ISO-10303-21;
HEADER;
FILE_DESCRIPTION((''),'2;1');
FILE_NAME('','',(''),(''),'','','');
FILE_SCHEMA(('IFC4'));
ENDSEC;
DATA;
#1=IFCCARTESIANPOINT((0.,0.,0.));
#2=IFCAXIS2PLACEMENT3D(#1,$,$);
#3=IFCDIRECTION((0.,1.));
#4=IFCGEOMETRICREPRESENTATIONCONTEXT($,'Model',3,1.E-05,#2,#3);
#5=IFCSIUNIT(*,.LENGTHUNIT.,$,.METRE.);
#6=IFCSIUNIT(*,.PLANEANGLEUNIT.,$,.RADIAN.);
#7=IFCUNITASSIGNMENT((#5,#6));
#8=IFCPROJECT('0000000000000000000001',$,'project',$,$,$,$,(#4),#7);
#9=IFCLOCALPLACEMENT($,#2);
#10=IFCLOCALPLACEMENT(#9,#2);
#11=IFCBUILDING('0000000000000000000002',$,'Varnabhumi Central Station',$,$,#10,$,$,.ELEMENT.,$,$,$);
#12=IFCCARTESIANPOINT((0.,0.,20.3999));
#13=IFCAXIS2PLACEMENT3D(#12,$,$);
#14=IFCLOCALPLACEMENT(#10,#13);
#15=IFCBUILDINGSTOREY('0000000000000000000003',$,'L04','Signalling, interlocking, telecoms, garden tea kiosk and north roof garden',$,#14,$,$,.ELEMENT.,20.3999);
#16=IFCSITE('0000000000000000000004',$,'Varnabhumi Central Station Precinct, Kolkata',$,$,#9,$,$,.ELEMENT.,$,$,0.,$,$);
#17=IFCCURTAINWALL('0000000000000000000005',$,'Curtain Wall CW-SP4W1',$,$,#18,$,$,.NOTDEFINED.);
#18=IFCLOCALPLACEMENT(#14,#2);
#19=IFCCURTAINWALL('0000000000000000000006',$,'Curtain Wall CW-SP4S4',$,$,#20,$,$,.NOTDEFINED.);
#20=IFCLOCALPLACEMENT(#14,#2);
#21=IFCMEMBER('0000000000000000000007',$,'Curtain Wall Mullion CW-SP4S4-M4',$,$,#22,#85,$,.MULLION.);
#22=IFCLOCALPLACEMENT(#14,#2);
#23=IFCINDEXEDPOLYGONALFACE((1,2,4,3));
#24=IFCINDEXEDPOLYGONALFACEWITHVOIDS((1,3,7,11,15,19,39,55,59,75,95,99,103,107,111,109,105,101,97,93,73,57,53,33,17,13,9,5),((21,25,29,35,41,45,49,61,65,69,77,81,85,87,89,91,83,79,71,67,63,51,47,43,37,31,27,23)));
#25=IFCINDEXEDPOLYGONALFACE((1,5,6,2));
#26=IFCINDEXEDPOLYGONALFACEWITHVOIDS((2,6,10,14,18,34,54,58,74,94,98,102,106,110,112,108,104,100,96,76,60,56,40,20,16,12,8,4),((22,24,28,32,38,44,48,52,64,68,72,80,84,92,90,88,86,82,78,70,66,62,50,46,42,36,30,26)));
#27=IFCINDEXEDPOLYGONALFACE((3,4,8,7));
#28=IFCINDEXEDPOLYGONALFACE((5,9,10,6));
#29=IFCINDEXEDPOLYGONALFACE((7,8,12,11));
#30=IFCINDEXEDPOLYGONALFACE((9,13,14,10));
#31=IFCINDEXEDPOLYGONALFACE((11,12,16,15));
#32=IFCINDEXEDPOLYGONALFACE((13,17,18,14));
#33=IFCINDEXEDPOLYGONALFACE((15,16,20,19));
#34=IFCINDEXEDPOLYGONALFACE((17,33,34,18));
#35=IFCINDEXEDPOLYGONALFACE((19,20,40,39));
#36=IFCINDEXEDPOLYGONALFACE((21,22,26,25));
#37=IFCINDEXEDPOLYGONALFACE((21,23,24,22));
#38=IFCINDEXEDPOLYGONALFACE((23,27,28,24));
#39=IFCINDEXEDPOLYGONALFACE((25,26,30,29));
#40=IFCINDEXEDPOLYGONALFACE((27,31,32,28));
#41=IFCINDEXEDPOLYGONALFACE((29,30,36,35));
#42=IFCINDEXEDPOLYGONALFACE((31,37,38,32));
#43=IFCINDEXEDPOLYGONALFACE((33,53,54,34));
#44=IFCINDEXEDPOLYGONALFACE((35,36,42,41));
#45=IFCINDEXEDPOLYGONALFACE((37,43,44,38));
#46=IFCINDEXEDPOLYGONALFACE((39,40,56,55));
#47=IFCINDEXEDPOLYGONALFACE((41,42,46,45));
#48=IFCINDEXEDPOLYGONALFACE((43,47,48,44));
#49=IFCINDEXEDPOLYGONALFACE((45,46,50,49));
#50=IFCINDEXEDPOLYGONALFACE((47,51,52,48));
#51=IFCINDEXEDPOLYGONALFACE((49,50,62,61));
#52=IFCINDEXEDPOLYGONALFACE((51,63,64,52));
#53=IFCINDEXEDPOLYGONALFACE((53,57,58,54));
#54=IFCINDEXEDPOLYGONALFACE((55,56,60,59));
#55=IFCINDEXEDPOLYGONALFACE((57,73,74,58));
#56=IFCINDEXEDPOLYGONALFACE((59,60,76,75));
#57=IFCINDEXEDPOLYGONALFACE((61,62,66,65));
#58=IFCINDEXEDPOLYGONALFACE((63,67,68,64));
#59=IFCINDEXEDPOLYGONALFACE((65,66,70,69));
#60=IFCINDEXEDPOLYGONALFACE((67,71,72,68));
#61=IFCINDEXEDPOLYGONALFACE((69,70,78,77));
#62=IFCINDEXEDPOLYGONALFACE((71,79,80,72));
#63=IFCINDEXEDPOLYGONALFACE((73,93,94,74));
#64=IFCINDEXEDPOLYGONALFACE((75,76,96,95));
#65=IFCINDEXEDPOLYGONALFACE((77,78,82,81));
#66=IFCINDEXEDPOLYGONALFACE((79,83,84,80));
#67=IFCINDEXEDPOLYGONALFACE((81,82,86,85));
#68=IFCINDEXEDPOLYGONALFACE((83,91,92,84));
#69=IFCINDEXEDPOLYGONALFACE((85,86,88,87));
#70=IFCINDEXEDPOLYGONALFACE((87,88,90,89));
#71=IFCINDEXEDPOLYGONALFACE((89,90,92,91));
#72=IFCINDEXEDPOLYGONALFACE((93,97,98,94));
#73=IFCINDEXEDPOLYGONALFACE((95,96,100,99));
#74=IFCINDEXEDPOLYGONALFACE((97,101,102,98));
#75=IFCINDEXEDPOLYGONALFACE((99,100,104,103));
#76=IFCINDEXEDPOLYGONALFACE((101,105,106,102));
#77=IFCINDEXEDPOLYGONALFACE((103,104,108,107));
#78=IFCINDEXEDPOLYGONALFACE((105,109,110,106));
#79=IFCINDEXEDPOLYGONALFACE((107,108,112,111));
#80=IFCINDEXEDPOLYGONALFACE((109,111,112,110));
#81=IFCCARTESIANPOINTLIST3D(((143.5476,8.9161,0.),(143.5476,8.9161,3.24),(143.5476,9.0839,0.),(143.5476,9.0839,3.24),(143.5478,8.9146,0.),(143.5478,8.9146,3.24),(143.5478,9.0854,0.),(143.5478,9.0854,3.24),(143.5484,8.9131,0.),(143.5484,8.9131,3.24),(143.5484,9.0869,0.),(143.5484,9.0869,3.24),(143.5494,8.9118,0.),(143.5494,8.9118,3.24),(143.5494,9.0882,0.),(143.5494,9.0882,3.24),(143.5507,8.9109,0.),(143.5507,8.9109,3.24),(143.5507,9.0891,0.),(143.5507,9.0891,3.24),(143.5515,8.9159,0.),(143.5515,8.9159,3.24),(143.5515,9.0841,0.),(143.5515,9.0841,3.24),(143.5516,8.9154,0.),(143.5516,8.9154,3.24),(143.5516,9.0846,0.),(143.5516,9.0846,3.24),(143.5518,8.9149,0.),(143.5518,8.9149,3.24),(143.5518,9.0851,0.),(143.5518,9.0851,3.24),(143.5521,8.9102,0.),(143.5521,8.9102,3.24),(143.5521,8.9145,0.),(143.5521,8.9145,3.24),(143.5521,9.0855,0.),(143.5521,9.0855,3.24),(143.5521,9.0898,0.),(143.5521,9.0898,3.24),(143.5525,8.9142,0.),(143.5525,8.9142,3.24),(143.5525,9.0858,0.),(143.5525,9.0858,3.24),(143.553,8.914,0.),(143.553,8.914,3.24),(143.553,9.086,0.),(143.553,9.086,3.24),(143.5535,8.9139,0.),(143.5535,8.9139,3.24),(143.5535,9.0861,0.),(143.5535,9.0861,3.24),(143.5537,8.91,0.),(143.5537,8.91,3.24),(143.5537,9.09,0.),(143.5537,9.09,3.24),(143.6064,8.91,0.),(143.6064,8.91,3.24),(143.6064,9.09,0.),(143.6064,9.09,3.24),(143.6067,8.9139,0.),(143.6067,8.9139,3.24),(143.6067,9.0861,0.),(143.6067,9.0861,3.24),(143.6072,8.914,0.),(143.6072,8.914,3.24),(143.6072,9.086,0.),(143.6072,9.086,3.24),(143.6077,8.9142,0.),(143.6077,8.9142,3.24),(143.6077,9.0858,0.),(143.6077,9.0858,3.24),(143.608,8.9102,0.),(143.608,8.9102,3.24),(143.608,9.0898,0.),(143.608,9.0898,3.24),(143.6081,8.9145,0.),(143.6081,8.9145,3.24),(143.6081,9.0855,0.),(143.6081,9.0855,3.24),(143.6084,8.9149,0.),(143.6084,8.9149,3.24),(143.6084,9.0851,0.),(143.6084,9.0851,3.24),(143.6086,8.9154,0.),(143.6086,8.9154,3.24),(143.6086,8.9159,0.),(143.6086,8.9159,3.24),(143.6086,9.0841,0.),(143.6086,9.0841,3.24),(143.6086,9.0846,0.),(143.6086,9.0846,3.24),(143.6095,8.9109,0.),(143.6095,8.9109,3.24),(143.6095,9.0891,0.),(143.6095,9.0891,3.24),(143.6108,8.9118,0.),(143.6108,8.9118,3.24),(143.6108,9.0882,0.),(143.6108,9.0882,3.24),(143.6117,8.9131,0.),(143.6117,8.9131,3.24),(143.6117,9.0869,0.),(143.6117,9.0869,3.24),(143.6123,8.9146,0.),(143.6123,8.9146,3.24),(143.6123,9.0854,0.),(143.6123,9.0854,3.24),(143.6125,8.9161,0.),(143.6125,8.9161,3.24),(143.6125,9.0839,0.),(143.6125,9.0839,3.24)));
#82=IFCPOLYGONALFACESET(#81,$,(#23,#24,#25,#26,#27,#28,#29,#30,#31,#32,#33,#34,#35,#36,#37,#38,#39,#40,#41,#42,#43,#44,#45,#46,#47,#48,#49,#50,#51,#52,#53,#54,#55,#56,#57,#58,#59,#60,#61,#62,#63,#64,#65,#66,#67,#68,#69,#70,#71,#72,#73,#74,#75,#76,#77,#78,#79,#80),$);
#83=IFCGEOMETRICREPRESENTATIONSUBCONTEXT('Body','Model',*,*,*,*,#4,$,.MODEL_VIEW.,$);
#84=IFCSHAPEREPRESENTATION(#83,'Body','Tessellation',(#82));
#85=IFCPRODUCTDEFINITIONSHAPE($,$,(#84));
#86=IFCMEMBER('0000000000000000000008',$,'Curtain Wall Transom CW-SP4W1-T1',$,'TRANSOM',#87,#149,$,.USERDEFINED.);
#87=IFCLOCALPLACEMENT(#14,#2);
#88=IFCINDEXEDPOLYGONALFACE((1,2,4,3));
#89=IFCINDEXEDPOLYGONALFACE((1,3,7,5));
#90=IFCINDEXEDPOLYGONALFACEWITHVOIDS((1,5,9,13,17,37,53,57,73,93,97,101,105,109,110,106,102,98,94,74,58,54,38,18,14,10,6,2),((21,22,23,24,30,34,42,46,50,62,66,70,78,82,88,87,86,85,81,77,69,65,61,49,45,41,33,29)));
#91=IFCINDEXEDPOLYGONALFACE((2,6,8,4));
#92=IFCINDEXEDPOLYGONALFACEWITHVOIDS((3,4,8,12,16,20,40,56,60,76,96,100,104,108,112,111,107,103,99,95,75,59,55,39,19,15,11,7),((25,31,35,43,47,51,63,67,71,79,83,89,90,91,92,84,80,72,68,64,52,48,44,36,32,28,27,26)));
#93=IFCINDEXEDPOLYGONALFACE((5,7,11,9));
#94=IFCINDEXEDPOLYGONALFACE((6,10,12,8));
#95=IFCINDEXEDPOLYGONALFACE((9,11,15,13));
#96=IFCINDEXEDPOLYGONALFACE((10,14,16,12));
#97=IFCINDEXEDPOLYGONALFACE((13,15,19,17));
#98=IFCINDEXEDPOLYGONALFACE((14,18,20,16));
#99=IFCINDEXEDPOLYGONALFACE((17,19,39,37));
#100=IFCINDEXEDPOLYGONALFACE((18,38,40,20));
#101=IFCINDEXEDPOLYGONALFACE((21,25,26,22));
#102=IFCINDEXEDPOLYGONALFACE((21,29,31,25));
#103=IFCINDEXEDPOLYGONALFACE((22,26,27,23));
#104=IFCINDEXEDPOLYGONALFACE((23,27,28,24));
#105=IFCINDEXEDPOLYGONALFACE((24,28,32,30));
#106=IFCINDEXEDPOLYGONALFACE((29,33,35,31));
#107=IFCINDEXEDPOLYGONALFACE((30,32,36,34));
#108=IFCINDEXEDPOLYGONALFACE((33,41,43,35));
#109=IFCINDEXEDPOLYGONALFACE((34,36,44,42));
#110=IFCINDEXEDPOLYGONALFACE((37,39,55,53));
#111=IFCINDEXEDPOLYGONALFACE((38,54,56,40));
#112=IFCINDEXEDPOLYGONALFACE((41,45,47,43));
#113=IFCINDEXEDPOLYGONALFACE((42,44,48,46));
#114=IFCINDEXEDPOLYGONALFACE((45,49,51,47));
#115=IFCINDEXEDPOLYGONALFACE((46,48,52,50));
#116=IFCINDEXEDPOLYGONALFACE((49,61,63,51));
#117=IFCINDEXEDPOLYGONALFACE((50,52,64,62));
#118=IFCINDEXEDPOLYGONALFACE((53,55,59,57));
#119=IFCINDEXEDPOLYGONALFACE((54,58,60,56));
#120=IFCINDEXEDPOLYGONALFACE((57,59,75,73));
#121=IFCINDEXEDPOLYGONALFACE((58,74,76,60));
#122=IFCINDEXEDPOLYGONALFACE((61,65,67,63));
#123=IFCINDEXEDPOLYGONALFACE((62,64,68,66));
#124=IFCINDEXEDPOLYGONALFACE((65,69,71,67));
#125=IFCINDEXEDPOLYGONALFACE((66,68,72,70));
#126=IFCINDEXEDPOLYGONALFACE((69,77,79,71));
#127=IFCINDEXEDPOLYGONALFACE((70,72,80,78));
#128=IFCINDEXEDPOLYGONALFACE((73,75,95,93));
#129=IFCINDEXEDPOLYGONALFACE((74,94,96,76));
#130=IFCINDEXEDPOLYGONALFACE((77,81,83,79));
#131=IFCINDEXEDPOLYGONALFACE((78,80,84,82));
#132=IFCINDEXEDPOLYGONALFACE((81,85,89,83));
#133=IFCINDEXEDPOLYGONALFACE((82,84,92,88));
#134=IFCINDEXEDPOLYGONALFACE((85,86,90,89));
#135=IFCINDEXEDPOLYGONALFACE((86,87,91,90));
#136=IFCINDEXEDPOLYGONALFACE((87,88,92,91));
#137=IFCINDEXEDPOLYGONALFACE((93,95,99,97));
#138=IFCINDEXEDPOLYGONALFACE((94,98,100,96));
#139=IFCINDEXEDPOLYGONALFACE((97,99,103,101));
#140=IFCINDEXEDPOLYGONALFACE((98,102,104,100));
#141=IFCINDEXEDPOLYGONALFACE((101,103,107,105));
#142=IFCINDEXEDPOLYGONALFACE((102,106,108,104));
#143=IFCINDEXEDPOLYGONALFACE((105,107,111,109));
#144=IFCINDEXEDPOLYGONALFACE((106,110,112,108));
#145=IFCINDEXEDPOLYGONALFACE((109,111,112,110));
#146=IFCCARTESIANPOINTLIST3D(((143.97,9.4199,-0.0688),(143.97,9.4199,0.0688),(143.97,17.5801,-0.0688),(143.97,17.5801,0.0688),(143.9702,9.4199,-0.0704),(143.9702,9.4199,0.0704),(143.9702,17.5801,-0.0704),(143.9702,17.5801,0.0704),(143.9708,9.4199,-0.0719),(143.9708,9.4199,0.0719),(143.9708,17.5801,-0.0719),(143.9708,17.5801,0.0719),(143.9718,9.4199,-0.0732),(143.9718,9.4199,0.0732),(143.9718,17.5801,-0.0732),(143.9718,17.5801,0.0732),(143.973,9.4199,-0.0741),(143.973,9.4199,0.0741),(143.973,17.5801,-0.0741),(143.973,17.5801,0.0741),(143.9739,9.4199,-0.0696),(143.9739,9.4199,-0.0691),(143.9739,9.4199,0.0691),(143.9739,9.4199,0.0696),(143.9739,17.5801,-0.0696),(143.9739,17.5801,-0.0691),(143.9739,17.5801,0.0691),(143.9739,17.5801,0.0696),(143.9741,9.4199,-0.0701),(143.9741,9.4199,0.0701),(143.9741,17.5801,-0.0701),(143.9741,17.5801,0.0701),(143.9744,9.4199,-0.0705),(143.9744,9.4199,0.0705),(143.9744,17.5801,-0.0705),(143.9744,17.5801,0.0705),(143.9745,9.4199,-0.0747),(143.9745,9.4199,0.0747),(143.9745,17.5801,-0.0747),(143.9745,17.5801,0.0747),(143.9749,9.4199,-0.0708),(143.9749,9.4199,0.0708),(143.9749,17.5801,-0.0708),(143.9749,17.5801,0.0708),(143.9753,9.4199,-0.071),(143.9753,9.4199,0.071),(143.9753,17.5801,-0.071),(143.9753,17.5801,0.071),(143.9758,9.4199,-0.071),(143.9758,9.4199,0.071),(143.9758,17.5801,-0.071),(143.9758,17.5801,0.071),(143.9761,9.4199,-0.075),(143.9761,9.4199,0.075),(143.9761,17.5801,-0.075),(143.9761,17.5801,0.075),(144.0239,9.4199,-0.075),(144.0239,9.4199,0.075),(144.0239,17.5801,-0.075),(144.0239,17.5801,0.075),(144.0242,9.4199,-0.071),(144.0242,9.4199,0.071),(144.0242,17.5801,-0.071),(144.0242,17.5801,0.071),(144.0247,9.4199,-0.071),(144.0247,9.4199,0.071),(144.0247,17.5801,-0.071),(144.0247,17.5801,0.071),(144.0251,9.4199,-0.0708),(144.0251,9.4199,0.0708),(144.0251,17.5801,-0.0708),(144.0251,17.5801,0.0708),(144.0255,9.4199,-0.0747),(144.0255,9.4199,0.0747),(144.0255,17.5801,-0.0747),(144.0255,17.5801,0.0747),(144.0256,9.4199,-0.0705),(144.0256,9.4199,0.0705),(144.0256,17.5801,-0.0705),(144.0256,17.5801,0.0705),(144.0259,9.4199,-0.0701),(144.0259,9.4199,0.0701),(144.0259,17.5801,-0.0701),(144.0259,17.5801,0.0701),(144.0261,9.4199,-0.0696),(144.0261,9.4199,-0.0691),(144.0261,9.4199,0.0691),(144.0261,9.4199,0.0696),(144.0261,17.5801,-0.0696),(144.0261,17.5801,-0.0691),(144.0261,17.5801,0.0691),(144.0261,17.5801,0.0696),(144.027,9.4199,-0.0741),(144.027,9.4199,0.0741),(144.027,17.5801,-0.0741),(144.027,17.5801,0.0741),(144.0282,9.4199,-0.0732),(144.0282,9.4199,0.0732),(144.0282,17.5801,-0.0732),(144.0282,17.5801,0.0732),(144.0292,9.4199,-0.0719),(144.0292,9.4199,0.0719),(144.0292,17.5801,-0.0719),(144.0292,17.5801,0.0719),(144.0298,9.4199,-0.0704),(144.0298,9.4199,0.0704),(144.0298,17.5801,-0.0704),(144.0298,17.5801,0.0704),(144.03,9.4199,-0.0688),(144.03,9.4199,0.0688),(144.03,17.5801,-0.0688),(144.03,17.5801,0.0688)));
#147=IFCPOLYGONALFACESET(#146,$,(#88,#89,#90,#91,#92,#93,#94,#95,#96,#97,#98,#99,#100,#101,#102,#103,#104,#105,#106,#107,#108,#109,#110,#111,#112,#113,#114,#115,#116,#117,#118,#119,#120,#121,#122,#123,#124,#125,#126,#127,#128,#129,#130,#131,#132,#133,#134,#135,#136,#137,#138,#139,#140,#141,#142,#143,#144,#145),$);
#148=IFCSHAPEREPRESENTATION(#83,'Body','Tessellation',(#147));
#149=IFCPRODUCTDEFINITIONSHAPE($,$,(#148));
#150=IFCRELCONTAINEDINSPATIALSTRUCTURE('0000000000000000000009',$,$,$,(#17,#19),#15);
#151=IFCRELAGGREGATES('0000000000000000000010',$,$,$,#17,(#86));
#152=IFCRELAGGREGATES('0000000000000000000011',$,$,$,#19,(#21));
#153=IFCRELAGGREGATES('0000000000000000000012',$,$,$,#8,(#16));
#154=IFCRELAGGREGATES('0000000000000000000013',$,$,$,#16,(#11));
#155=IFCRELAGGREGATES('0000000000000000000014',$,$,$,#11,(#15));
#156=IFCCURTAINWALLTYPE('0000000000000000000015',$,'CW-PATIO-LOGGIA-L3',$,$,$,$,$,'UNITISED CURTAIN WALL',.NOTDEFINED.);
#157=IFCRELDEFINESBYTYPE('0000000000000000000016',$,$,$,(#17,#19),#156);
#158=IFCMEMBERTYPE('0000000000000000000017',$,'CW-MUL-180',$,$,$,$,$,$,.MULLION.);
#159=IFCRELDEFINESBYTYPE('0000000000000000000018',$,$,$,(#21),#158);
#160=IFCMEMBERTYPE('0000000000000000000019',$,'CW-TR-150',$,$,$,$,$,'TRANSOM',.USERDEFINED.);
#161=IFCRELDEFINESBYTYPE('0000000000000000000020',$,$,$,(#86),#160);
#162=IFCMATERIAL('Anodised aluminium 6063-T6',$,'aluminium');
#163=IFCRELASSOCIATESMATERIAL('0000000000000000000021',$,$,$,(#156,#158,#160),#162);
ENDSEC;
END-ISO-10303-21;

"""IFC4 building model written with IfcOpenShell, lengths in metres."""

from ifc_helpers import new_model, si_unit, direction, frame, origin, origin_2d, place, context, subcontext, project, spatial, hollow_rectangle, extrude, material, material_profile, profile_set, type_object, element, aggregate, save


model = new_model("IFC4")

# Units and contexts
model_context = context("Model", 3, precision=1e-05, world=origin(), true_north=direction((0.0, 1.0)))
body_context = subcontext(model_context, "Body", "Model", "MODEL_VIEW")
ifc_project = project(units=[si_unit("LENGTHUNIT", "METRE"), si_unit("PLANEANGLEUNIT", "RADIAN")], contexts=[model_context])

# Site, building, storey
site_placement = place(None, origin())
site = spatial("IfcSite", under=ifc_project, at=site_placement, Name="Varnabhumi Central Station Precinct, Kolkata", CompositionType="ELEMENT", RefElevation=0.0)
building_placement = place(site_placement, origin())
building = spatial("IfcBuilding", under=site, at=building_placement, Name="Varnabhumi Central Station", CompositionType="ELEMENT")
storey_placement = place(building_placement, frame((0.0, 0.0, 20.3999)))
storey = spatial("IfcBuildingStorey", under=building, at=storey_placement, Name="L04", Description="Signalling, interlocking, telecoms, garden tea kiosk and north roof garden", CompositionType="ELEMENT", Elevation=20.3999)

# Curtain wall
ifc_material_1 = material(Name="Anodised aluminium 6063-T6", Category="aluminium")
curtain_wall_type = type_object("IfcCurtainWallType", Name="CW-PATIO-LOGGIA-L3", ElementType="UNITISED CURTAIN WALL", PredefinedType="NOTDEFINED", material=ifc_material_1)
curtain_wall_1_placement = place(storey_placement, origin())
curtain_wall_1 = element("IfcCurtainWall", 1, at=curtain_wall_1_placement, inside=storey, type_object=curtain_wall_type, Name="Curtain Wall CW-SP4W1", PredefinedType="NOTDEFINED")
ifc_material_profile_1 = material_profile(ifc_material_1, hollow_rectangle(XDim=0.0649, YDim=0.1799, WallThickness=0.0039, InnerFilletRadius=0.002, OuterFilletRadius=0.0061, at=origin_2d()), Name="Anodised aluminium 6063-T6", Category="aluminium")
ifc_profile_set_1 = profile_set([ifc_material_profile_1], Name="Anodised aluminium 6063-T6")
member_type_1 = type_object("IfcMemberType", Name="CW-MUL-180", PredefinedType="MULLION", material=ifc_profile_set_1)

# Curtain wall, member
curtain_wall_2_placement = place(storey_placement, origin())
curtain_wall_2 = element("IfcCurtainWall", 2, at=curtain_wall_2_placement, inside=storey, type_object=curtain_wall_type, Name="Curtain Wall CW-SP4S4", PredefinedType="NOTDEFINED")
member_1_placement = place(storey_placement, frame((143.5801, 9.0, 0.0), z_axis=(0.0, 0.0, 1.0), x_axis=(1.0, 0.0, 0.0)))
member_1 = element("IfcMember", 3, at=member_1_placement, type_object=member_type_1, Name="Curtain Wall Mullion CW-SP4S4-M4", PredefinedType="MULLION", context=body_context, shape_type="SweptSolid", body=[
    extrude(hollow_rectangle(XDim=0.0649, YDim=0.1799, WallThickness=0.0039, InnerFilletRadius=0.002, OuterFilletRadius=0.0061, at=origin_2d()), origin(), (0.0, 0.0, 1.0), 3.24),
])

# Member
ifc_material_profile_2 = material_profile(ifc_material_1, hollow_rectangle(XDim=0.0601, YDim=0.1499, WallThickness=0.0039, InnerFilletRadius=0.002, OuterFilletRadius=0.0061, at=origin_2d()), Name="Anodised aluminium 6063-T6", Category="aluminium")
ifc_profile_set_2 = profile_set([ifc_material_profile_2], Name="Anodised aluminium 6063-T6")
member_type_2 = type_object("IfcMemberType", Name="CW-TR-150", ElementType="TRANSOM", PredefinedType="USERDEFINED", material=ifc_profile_set_2)
member_2_placement = place(storey_placement, frame((144.0, 9.4199, 0.0), z_axis=(0.0, 1.0, 0.0), x_axis=(-1.0, 0.0, 0.0)))
member_2 = element("IfcMember", 4, at=member_2_placement, type_object=member_type_2, Name="Curtain Wall Transom CW-SP4W1-T1", ObjectType="TRANSOM", PredefinedType="USERDEFINED", context=body_context, shape_type="SweptSolid", body=[
    extrude(hollow_rectangle(XDim=0.0601, YDim=0.1499, WallThickness=0.0039, InnerFilletRadius=0.002, OuterFilletRadius=0.0061, at=origin_2d()), origin(), (0.0, 0.0, 1.0), 8.1602),
])
aggregate(curtain_wall_1, [member_2])

aggregate(curtain_wall_2, [member_1])

save(model, "model.ifc")
